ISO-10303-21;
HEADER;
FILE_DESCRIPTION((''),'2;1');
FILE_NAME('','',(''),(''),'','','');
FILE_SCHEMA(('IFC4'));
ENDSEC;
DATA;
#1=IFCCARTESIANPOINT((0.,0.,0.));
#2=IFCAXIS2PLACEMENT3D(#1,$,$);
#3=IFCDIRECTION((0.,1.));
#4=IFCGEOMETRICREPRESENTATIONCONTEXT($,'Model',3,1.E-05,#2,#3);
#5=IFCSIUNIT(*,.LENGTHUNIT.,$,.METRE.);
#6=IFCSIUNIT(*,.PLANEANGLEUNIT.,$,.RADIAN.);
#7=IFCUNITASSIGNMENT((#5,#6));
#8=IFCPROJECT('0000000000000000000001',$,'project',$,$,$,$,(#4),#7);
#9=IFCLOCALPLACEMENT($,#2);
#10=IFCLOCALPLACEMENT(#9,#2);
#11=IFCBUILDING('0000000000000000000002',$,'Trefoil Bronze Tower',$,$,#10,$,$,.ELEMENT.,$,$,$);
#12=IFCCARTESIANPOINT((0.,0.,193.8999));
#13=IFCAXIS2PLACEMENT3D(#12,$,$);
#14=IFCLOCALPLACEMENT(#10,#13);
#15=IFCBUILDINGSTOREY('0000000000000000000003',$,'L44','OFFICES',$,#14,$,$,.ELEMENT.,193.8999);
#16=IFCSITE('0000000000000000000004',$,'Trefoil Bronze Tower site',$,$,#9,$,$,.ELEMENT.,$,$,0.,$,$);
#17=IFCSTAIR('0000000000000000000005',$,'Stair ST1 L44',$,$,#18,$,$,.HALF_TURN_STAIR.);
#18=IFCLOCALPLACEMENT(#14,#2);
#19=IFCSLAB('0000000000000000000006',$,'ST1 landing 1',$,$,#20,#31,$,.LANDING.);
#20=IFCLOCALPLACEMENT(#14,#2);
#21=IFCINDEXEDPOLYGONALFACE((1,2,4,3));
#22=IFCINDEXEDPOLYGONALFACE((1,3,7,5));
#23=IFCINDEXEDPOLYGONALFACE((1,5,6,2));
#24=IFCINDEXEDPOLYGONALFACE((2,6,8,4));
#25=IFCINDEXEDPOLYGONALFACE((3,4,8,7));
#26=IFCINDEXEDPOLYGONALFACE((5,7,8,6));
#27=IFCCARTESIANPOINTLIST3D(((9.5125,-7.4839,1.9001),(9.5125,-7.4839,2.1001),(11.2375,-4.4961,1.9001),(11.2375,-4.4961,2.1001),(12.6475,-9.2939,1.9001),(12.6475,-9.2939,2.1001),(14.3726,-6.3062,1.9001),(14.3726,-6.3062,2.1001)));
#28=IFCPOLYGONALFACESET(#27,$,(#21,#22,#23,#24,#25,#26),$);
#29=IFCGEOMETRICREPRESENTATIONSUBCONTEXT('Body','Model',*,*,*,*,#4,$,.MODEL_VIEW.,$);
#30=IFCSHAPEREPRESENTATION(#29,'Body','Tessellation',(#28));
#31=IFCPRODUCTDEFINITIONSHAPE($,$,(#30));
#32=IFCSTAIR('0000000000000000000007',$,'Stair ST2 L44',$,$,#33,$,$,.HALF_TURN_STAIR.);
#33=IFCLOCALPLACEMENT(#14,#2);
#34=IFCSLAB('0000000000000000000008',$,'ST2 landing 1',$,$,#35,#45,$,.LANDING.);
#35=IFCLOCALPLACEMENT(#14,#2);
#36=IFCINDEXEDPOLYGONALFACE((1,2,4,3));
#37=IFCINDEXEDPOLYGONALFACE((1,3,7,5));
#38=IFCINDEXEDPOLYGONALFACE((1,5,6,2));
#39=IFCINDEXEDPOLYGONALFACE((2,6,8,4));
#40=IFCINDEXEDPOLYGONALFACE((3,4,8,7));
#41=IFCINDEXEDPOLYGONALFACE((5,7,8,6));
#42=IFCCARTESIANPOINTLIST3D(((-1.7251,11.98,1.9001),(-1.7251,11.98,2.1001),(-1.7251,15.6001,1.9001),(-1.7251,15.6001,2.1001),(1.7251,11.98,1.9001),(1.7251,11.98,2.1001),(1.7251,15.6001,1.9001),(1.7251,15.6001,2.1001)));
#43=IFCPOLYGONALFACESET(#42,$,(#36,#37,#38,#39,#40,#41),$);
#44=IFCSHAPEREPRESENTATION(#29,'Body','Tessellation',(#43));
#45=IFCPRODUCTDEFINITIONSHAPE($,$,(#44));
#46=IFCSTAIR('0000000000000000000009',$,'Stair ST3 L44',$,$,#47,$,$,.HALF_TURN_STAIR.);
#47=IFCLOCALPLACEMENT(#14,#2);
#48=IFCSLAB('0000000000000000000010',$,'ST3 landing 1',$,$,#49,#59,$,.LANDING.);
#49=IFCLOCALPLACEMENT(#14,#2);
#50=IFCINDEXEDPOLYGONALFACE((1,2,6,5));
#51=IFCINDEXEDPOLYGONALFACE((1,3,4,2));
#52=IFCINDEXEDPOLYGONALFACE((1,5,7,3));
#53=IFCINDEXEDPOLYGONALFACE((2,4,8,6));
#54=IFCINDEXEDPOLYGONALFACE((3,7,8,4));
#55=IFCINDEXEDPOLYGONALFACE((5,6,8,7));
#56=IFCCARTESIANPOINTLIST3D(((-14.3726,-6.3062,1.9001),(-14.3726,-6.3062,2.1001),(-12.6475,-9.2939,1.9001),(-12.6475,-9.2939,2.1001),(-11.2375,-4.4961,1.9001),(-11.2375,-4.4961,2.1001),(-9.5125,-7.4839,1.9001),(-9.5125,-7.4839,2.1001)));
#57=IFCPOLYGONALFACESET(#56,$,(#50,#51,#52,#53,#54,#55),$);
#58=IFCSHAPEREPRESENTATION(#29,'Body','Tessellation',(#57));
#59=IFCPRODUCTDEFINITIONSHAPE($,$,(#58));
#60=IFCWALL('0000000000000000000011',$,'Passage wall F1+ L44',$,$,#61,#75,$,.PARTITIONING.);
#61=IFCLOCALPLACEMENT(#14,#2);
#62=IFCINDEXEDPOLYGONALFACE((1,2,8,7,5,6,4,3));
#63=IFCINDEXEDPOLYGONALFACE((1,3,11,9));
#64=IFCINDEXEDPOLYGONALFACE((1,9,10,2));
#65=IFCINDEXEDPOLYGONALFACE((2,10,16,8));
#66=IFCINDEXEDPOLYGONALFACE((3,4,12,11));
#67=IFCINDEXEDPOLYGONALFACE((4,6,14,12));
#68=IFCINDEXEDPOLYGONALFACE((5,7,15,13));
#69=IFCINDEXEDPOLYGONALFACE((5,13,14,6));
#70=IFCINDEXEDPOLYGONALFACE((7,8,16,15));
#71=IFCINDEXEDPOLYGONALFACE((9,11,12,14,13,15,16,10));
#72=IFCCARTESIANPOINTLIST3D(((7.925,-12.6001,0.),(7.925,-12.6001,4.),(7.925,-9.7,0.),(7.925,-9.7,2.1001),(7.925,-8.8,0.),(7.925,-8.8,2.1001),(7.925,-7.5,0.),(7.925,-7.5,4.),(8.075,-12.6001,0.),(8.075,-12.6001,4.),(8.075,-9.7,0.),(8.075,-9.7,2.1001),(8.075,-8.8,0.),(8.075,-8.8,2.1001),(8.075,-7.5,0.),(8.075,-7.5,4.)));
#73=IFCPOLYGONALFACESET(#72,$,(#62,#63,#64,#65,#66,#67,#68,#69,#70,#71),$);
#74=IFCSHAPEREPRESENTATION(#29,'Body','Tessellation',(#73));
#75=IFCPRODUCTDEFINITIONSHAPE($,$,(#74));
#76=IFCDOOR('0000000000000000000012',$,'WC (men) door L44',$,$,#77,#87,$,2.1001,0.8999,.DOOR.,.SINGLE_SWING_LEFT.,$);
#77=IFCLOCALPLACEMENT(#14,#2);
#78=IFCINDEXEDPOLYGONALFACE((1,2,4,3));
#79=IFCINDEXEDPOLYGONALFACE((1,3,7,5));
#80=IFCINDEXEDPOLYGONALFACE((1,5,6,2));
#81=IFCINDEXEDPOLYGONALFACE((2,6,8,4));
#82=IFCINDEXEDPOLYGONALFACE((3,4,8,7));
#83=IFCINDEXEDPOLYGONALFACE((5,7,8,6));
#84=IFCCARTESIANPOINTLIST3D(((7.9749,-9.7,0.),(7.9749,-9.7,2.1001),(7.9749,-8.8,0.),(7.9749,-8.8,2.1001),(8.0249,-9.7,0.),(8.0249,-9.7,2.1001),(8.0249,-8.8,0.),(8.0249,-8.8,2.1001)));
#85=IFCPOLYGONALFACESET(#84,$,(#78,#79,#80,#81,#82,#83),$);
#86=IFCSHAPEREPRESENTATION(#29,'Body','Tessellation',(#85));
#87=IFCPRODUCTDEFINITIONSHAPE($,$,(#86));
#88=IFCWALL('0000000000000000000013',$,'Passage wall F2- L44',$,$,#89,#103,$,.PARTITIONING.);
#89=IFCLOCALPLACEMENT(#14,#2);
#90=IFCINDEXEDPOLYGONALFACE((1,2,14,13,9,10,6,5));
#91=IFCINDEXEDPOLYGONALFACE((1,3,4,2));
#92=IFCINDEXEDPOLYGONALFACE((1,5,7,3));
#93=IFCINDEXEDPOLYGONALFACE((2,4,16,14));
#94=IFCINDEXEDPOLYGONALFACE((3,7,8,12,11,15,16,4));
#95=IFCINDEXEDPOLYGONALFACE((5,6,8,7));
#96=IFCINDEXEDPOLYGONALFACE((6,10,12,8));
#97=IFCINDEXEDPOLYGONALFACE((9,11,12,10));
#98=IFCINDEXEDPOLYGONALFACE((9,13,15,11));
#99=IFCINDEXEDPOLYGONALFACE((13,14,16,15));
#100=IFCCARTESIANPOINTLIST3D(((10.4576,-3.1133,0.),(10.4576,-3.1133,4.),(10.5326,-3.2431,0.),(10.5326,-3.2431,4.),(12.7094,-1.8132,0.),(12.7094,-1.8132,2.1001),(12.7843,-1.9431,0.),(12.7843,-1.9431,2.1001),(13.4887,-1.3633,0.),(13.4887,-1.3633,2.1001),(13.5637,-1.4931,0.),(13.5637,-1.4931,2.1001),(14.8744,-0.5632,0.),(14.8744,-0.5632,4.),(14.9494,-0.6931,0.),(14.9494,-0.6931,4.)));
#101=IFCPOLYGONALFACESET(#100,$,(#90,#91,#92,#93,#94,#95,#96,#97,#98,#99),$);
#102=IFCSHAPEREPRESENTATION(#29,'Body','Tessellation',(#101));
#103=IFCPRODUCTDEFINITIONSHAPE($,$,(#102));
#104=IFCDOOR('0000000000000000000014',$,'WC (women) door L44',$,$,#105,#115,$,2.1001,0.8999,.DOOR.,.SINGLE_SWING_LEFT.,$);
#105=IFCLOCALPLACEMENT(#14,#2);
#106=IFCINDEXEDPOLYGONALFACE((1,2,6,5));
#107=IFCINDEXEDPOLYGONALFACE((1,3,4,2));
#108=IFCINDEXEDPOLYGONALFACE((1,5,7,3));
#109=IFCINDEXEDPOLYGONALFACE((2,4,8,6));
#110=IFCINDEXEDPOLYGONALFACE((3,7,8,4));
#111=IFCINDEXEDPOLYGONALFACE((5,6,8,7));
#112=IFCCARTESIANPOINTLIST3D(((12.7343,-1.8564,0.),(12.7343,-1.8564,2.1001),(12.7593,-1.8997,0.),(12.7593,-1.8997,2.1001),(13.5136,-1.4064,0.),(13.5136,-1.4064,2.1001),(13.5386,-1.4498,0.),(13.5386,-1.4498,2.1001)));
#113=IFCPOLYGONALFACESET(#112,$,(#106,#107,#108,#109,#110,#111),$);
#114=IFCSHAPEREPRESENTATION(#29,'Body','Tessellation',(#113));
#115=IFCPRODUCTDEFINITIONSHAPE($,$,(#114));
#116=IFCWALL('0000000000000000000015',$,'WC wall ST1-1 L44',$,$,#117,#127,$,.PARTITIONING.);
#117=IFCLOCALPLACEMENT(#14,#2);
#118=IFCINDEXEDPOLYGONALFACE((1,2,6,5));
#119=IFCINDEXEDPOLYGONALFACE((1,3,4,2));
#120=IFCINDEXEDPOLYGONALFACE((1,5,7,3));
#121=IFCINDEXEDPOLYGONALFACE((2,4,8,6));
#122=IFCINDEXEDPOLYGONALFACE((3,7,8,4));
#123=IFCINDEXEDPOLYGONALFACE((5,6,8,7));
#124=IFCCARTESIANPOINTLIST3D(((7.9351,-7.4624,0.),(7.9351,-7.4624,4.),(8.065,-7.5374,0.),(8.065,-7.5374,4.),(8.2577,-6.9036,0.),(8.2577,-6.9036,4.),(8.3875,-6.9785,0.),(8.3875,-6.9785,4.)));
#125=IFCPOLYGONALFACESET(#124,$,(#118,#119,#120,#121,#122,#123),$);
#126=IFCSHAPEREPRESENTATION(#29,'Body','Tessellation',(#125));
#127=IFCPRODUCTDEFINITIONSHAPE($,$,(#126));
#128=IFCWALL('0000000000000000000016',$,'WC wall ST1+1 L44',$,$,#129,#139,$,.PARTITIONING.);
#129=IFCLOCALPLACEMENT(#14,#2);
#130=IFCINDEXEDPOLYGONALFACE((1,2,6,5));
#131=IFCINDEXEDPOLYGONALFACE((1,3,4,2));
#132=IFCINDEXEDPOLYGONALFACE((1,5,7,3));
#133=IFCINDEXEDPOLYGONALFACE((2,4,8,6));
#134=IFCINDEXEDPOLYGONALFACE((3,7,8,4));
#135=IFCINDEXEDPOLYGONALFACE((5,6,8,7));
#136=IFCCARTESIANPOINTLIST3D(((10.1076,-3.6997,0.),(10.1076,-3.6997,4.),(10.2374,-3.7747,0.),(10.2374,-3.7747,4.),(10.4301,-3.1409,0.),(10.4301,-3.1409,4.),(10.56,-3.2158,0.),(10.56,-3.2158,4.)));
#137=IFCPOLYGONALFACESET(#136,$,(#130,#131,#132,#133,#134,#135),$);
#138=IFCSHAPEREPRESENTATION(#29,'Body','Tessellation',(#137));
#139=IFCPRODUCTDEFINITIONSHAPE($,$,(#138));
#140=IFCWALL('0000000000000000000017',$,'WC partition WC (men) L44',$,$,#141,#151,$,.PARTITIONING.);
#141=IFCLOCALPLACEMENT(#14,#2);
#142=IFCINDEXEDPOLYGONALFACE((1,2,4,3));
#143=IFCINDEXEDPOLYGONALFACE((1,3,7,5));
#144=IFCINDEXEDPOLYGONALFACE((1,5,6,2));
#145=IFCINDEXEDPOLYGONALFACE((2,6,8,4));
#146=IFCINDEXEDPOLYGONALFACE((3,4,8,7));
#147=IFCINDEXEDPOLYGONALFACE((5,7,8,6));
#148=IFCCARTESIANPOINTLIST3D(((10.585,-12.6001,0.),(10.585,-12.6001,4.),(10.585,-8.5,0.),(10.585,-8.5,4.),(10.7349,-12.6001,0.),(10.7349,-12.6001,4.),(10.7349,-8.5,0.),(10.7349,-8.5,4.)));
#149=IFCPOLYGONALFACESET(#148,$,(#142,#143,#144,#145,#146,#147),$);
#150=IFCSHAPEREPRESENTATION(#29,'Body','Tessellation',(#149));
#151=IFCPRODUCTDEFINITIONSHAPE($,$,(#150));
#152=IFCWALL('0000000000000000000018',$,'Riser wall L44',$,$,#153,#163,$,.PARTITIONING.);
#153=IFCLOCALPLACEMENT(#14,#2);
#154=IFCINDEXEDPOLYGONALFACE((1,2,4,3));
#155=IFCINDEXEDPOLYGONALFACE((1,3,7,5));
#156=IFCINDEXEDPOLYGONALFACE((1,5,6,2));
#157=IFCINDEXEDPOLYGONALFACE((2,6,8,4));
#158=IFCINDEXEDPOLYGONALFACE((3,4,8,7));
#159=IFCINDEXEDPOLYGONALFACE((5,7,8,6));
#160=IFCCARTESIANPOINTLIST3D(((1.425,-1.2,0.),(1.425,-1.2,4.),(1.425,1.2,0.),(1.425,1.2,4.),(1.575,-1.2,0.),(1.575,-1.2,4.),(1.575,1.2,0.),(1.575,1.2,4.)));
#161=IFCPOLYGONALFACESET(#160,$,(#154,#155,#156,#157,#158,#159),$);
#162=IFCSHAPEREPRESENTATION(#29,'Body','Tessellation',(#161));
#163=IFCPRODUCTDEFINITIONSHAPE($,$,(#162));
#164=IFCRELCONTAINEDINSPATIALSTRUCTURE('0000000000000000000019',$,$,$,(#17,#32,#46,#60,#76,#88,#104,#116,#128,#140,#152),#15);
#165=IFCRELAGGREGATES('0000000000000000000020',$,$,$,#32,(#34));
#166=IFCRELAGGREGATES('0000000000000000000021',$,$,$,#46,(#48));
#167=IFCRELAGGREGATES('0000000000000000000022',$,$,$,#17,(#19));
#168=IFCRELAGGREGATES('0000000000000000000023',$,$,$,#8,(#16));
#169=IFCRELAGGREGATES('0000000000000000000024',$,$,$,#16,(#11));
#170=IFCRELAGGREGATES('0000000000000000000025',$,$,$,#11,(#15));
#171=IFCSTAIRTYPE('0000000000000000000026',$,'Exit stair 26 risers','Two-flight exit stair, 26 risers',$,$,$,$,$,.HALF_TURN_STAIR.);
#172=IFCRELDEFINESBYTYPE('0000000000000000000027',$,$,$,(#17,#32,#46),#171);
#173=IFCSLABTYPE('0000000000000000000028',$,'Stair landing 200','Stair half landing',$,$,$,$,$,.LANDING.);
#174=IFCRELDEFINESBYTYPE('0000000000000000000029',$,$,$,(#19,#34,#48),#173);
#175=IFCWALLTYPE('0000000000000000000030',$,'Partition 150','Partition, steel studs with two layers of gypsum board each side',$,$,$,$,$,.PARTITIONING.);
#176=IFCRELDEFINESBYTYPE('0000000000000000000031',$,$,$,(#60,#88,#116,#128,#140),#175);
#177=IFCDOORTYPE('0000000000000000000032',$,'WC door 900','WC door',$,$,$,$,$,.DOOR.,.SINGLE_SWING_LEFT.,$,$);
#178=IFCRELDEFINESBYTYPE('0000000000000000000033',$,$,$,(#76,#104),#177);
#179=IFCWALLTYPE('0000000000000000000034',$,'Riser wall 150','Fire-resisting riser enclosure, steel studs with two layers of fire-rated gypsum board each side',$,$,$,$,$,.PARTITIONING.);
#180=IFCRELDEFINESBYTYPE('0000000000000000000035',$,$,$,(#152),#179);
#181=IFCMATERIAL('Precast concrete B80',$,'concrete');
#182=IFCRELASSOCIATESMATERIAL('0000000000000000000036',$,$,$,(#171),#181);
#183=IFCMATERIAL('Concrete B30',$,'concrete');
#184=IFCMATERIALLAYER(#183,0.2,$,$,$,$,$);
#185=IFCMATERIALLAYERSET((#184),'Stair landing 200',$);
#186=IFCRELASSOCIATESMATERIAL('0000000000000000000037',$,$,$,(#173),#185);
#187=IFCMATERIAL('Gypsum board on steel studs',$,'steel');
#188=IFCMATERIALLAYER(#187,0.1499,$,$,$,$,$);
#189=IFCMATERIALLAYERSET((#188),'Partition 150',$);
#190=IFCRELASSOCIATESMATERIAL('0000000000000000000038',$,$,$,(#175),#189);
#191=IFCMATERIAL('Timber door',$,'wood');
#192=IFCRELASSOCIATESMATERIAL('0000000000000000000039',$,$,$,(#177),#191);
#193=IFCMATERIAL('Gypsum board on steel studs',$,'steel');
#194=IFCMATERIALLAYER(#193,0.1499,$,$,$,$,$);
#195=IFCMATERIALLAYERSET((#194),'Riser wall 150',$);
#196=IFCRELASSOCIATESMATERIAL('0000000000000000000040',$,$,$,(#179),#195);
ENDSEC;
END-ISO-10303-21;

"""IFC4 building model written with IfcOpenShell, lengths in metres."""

from ifc_helpers import new_model, si_unit, direction, frame, frame_2d, origin, place, context, subcontext, project, spatial, polyline, rectangle, outline, extrude, material, layer, layer_set, type_object, element, fill, aggregate, save


model = new_model("IFC4")

# Units and contexts
model_context = context("Model", 3, precision=1e-05, world=origin(), true_north=direction((0.0, 1.0)))
body_context = subcontext(model_context, "Body", "Model", "MODEL_VIEW")
ifc_project = project(units=[si_unit("LENGTHUNIT", "METRE"), si_unit("PLANEANGLEUNIT", "RADIAN")], contexts=[model_context])

# Site, building, storey
site_placement = place(None, origin())
site = spatial("IfcSite", under=ifc_project, at=site_placement, Name="Trefoil Bronze Tower site", CompositionType="ELEMENT", RefElevation=0.0)
building_placement = place(site_placement, origin())
building = spatial("IfcBuilding", under=site, at=building_placement, Name="Trefoil Bronze Tower", CompositionType="ELEMENT")
storey_placement = place(building_placement, frame((0.0, 0.0, 193.8999)))
storey = spatial("IfcBuildingStorey", under=building, at=storey_placement, Name="L44", Description="OFFICES", CompositionType="ELEMENT", Elevation=193.8999)

# Stairs, slabs
ifc_material_1 = material(Name="Precast concrete B80", Category="concrete")
stair_type = type_object("IfcStairType", Name="Exit stair 26 risers", Description="Two-flight exit stair, 26 risers", PredefinedType="HALF_TURN_STAIR", material=ifc_material_1)
stair_1_placement = place(storey_placement, origin())
stair_1 = element("IfcStair", 1, at=stair_1_placement, inside=storey, type_object=stair_type, Name="Stair ST1 L44", PredefinedType="HALF_TURN_STAIR")
ifc_material_2 = material(Name="Concrete B30", Category="concrete")
ifc_layer_1 = layer(ifc_material_2, 0.2)
ifc_layer_set_1 = layer_set([ifc_layer_1], Name="Stair landing 200")
slab_type = type_object("IfcSlabType", Name="Stair landing 200", Description="Stair half landing", PredefinedType="LANDING", material=ifc_layer_set_1)
slab_1_placement = place(storey_placement, frame((0.0, 0.0, 1.9001)))
slab_1 = element("IfcSlab", 2, at=slab_1_placement, type_object=slab_type, Name="ST1 landing 1", PredefinedType="LANDING", context=body_context, shape_type="SweptSolid", body=[
    extrude(outline(polyline([(9.5125, -7.4839), (12.6475, -9.2939), (14.3726, -6.3062), (11.2375, -4.4961), (9.5125, -7.4839)])), origin(), (0.0, 0.0, 1.0), 0.2),
])
stair_2_placement = place(storey_placement, origin())
stair_2 = element("IfcStair", 3, at=stair_2_placement, inside=storey, type_object=stair_type, Name="Stair ST2 L44", PredefinedType="HALF_TURN_STAIR")
slab_2_placement = place(storey_placement, frame((0.0, 0.0, 1.9001)))
slab_2 = element("IfcSlab", 4, at=slab_2_placement, type_object=slab_type, Name="ST2 landing 1", PredefinedType="LANDING", context=body_context, shape_type="SweptSolid", body=[
    extrude(outline(polyline([(1.7251, 11.98), (1.7251, 15.6001), (-1.7251, 15.6001), (-1.7251, 11.98), (1.7251, 11.98)])), origin(), (0.0, 0.0, 1.0), 0.2),
])
aggregate(stair_2, [slab_2])
stair_3_placement = place(storey_placement, origin())
stair_3 = element("IfcStair", 5, at=stair_3_placement, inside=storey, type_object=stair_type, Name="Stair ST3 L44", PredefinedType="HALF_TURN_STAIR")
slab_3_placement = place(storey_placement, frame((0.0, 0.0, 1.9001)))
slab_3 = element("IfcSlab", 6, at=slab_3_placement, type_object=slab_type, Name="ST3 landing 1", PredefinedType="LANDING", context=body_context, shape_type="SweptSolid", body=[
    extrude(outline(polyline([(-11.2375, -4.4961), (-14.3726, -6.3062), (-12.6475, -9.2939), (-9.5125, -7.4839), (-11.2375, -4.4961)])), origin(), (0.0, 0.0, 1.0), 0.2),
])
aggregate(stair_3, [slab_3])

# Walls, openings, doors
ifc_material_3 = material(Name="Gypsum board on steel studs", Category="steel")
ifc_layer_2 = layer(ifc_material_3, 0.1499)
ifc_layer_set_2 = layer_set([ifc_layer_2], Name="Partition 150")
wall_type_1 = type_object("IfcWallType", Name="Partition 150", Description="Partition, steel studs with two layers of gypsum board each side", PredefinedType="PARTITIONING", material=ifc_layer_set_2)
wall_1_placement = place(storey_placement, frame((8.0, -7.5, 0.0), z_axis=(0.0, 0.0, 1.0), x_axis=(0.0, -1.0, 0.0)))
wall_1 = element("IfcWall", 7, at=wall_1_placement, inside=storey, type_object=wall_type_1, Name="Passage wall F1+ L44", PredefinedType="PARTITIONING", context=body_context, shape_type="SweptSolid", body=[
    extrude(rectangle(XDim=5.1001, YDim=0.1499, at=frame_2d((2.55, 0.0))), origin(), (0.0, 0.0, 1.0), 4.0),
])
opening_1_placement = place(wall_1_placement, frame((1.3, 0.0, 0.0)))
opening_1 = element("IfcOpeningElement", 8, at=opening_1_placement, cuts=wall_1, PredefinedType="OPENING", context=body_context, shape_type="SweptSolid", body=[
    extrude(rectangle(XDim=0.8999, YDim=2.1001, at=frame_2d((0.45, 1.05))), frame((0.0, 0.085, 0.0), z_axis=(0.0, -1.0, 0.0), x_axis=(1.0, 0.0, 0.0)), (0.0, 0.0, 1.0), 0.1699),
])
ifc_material_4 = material(Name="Timber door", Category="wood")
door_type_1 = type_object("IfcDoorType", Name="WC door 900", Description="WC door", OperationType="SINGLE_SWING_LEFT", PredefinedType="DOOR", material=ifc_material_4)
door_1_placement = place(opening_1_placement, origin())
door_1 = element("IfcDoor", 9, at=door_1_placement, inside=storey, type_object=door_type_1, Name="WC (men) door L44", OperationType="SINGLE_SWING_LEFT", OverallHeight=2.1001, OverallWidth=0.8999, PredefinedType="DOOR", context=body_context, shape_type="SweptSolid", body=[
    extrude(rectangle(XDim=0.8999, YDim=2.1001, at=frame_2d((0.45, 1.05))), frame((0.0, 0.0249, 0.0), z_axis=(0.0, -1.0, 0.0), x_axis=(1.0, 0.0, 0.0)), (0.0, 0.0, 1.0), 0.05),
])
fill(opening_1, door_1)
wall_2_placement = place(storey_placement, frame((10.4951, -3.1782, 0.0), z_axis=(0.0, 0.0, 1.0), x_axis=(0.866022, 0.500006, 0.0)))
wall_2 = element("IfcWall", 10, at=wall_2_placement, inside=storey, type_object=wall_type_1, Name="Passage wall F2- L44", PredefinedType="PARTITIONING", context=body_context, shape_type="SweptSolid", body=[
    extrude(rectangle(XDim=5.1001, YDim=0.1499, at=frame_2d((2.55, 0.0))), origin(), (0.0, 0.0, 1.0), 4.0),
])
opening_2_placement = place(wall_2_placement, frame((2.6001, 0.0, 0.0)))
opening_2 = element("IfcOpeningElement", 11, at=opening_2_placement, cuts=wall_2, PredefinedType="OPENING", context=body_context, shape_type="SweptSolid", body=[
    extrude(rectangle(XDim=0.8999, YDim=2.1001, at=frame_2d((0.45, 1.05))), frame((0.0, 0.085, 0.0), z_axis=(0.0, -1.0, 0.0), x_axis=(1.0, 0.0, 0.0)), (0.0, 0.0, 1.0), 0.1699),
])
door_2_placement = place(opening_2_placement, frame((0.8999, 0.0, 0.0), z_axis=(0.0, 0.0, 1.0), x_axis=(-1.0, 0.0, 0.0)))
door_2 = element("IfcDoor", 12, at=door_2_placement, inside=storey, type_object=door_type_1, Name="WC (women) door L44", OperationType="SINGLE_SWING_LEFT", OverallHeight=2.1001, OverallWidth=0.8999, PredefinedType="DOOR", context=body_context, shape_type="SweptSolid", body=[
    extrude(rectangle(XDim=0.8999, YDim=2.1001, at=frame_2d((0.45, 1.05))), frame((0.0, 0.0249, 0.0), z_axis=(0.0, -1.0, 0.0), x_axis=(1.0, 0.0, 0.0)), (0.0, 0.0, 1.0), 0.05),
])
fill(opening_2, door_2)

# Walls
for number, where, z_axis, x_axis, name in (
    (13, (8.0, -7.5, 0.0), (0.0, 0.0, 1.0), (0.499843, 0.866116, 0.0), "WC wall ST1-1 L44"),
    (14, (10.4951, -3.1782, 0.0), (0.0, 0.0, 1.0), (-0.499843, -0.866116, 0.0), "WC wall ST1+1 L44"),
):
    element("IfcWall", number, at=place(storey_placement, frame(where, z_axis=z_axis, x_axis=x_axis)), inside=storey, type_object=wall_type_1, Name=name, PredefinedType="PARTITIONING", context=body_context, shape_type="SweptSolid", body=[
        extrude(rectangle(XDim=0.6453, YDim=0.1499, at=frame_2d((0.3228, 0.0))), origin(), (0.0, 0.0, 1.0), 4.0),
    ])
wall_3_placement = place(storey_placement, frame((10.6599, -8.5, 0.0), z_axis=(0.0, 0.0, 1.0), x_axis=(0.0, -1.0, 0.0)))
element("IfcWall", 15, at=wall_3_placement, inside=storey, type_object=wall_type_1, Name="WC partition WC (men) L44", PredefinedType="PARTITIONING", context=body_context, shape_type="SweptSolid", body=[
    extrude(rectangle(XDim=4.1001, YDim=0.1499, at=frame_2d((2.05, 0.0))), origin(), (0.0, 0.0, 1.0), 4.0),
])
ifc_material_5 = material(Name="Gypsum board on steel studs", Category="steel")
ifc_layer_3 = layer(ifc_material_5, 0.1499)
ifc_layer_set_3 = layer_set([ifc_layer_3], Name="Riser wall 150")
wall_type_2 = type_object("IfcWallType", Name="Riser wall 150", Description="Fire-resisting riser enclosure, steel studs with two layers of fire-rated gypsum board each side", PredefinedType="PARTITIONING", material=ifc_layer_set_3)
wall_4_placement = place(storey_placement, frame((1.5, -1.2, 0.0), z_axis=(0.0, 0.0, 1.0), x_axis=(0.0, 1.0, 0.0)))
element("IfcWall", 16, at=wall_4_placement, inside=storey, type_object=wall_type_2, Name="Riser wall L44", PredefinedType="PARTITIONING", context=body_context, shape_type="SweptSolid", body=[
    extrude(rectangle(XDim=2.3999, YDim=0.1499, at=frame_2d((1.2, 0.0))), origin(), (0.0, 0.0, 1.0), 4.0),
])

aggregate(stair_1, [slab_1])

save(model, "model.ifc")
